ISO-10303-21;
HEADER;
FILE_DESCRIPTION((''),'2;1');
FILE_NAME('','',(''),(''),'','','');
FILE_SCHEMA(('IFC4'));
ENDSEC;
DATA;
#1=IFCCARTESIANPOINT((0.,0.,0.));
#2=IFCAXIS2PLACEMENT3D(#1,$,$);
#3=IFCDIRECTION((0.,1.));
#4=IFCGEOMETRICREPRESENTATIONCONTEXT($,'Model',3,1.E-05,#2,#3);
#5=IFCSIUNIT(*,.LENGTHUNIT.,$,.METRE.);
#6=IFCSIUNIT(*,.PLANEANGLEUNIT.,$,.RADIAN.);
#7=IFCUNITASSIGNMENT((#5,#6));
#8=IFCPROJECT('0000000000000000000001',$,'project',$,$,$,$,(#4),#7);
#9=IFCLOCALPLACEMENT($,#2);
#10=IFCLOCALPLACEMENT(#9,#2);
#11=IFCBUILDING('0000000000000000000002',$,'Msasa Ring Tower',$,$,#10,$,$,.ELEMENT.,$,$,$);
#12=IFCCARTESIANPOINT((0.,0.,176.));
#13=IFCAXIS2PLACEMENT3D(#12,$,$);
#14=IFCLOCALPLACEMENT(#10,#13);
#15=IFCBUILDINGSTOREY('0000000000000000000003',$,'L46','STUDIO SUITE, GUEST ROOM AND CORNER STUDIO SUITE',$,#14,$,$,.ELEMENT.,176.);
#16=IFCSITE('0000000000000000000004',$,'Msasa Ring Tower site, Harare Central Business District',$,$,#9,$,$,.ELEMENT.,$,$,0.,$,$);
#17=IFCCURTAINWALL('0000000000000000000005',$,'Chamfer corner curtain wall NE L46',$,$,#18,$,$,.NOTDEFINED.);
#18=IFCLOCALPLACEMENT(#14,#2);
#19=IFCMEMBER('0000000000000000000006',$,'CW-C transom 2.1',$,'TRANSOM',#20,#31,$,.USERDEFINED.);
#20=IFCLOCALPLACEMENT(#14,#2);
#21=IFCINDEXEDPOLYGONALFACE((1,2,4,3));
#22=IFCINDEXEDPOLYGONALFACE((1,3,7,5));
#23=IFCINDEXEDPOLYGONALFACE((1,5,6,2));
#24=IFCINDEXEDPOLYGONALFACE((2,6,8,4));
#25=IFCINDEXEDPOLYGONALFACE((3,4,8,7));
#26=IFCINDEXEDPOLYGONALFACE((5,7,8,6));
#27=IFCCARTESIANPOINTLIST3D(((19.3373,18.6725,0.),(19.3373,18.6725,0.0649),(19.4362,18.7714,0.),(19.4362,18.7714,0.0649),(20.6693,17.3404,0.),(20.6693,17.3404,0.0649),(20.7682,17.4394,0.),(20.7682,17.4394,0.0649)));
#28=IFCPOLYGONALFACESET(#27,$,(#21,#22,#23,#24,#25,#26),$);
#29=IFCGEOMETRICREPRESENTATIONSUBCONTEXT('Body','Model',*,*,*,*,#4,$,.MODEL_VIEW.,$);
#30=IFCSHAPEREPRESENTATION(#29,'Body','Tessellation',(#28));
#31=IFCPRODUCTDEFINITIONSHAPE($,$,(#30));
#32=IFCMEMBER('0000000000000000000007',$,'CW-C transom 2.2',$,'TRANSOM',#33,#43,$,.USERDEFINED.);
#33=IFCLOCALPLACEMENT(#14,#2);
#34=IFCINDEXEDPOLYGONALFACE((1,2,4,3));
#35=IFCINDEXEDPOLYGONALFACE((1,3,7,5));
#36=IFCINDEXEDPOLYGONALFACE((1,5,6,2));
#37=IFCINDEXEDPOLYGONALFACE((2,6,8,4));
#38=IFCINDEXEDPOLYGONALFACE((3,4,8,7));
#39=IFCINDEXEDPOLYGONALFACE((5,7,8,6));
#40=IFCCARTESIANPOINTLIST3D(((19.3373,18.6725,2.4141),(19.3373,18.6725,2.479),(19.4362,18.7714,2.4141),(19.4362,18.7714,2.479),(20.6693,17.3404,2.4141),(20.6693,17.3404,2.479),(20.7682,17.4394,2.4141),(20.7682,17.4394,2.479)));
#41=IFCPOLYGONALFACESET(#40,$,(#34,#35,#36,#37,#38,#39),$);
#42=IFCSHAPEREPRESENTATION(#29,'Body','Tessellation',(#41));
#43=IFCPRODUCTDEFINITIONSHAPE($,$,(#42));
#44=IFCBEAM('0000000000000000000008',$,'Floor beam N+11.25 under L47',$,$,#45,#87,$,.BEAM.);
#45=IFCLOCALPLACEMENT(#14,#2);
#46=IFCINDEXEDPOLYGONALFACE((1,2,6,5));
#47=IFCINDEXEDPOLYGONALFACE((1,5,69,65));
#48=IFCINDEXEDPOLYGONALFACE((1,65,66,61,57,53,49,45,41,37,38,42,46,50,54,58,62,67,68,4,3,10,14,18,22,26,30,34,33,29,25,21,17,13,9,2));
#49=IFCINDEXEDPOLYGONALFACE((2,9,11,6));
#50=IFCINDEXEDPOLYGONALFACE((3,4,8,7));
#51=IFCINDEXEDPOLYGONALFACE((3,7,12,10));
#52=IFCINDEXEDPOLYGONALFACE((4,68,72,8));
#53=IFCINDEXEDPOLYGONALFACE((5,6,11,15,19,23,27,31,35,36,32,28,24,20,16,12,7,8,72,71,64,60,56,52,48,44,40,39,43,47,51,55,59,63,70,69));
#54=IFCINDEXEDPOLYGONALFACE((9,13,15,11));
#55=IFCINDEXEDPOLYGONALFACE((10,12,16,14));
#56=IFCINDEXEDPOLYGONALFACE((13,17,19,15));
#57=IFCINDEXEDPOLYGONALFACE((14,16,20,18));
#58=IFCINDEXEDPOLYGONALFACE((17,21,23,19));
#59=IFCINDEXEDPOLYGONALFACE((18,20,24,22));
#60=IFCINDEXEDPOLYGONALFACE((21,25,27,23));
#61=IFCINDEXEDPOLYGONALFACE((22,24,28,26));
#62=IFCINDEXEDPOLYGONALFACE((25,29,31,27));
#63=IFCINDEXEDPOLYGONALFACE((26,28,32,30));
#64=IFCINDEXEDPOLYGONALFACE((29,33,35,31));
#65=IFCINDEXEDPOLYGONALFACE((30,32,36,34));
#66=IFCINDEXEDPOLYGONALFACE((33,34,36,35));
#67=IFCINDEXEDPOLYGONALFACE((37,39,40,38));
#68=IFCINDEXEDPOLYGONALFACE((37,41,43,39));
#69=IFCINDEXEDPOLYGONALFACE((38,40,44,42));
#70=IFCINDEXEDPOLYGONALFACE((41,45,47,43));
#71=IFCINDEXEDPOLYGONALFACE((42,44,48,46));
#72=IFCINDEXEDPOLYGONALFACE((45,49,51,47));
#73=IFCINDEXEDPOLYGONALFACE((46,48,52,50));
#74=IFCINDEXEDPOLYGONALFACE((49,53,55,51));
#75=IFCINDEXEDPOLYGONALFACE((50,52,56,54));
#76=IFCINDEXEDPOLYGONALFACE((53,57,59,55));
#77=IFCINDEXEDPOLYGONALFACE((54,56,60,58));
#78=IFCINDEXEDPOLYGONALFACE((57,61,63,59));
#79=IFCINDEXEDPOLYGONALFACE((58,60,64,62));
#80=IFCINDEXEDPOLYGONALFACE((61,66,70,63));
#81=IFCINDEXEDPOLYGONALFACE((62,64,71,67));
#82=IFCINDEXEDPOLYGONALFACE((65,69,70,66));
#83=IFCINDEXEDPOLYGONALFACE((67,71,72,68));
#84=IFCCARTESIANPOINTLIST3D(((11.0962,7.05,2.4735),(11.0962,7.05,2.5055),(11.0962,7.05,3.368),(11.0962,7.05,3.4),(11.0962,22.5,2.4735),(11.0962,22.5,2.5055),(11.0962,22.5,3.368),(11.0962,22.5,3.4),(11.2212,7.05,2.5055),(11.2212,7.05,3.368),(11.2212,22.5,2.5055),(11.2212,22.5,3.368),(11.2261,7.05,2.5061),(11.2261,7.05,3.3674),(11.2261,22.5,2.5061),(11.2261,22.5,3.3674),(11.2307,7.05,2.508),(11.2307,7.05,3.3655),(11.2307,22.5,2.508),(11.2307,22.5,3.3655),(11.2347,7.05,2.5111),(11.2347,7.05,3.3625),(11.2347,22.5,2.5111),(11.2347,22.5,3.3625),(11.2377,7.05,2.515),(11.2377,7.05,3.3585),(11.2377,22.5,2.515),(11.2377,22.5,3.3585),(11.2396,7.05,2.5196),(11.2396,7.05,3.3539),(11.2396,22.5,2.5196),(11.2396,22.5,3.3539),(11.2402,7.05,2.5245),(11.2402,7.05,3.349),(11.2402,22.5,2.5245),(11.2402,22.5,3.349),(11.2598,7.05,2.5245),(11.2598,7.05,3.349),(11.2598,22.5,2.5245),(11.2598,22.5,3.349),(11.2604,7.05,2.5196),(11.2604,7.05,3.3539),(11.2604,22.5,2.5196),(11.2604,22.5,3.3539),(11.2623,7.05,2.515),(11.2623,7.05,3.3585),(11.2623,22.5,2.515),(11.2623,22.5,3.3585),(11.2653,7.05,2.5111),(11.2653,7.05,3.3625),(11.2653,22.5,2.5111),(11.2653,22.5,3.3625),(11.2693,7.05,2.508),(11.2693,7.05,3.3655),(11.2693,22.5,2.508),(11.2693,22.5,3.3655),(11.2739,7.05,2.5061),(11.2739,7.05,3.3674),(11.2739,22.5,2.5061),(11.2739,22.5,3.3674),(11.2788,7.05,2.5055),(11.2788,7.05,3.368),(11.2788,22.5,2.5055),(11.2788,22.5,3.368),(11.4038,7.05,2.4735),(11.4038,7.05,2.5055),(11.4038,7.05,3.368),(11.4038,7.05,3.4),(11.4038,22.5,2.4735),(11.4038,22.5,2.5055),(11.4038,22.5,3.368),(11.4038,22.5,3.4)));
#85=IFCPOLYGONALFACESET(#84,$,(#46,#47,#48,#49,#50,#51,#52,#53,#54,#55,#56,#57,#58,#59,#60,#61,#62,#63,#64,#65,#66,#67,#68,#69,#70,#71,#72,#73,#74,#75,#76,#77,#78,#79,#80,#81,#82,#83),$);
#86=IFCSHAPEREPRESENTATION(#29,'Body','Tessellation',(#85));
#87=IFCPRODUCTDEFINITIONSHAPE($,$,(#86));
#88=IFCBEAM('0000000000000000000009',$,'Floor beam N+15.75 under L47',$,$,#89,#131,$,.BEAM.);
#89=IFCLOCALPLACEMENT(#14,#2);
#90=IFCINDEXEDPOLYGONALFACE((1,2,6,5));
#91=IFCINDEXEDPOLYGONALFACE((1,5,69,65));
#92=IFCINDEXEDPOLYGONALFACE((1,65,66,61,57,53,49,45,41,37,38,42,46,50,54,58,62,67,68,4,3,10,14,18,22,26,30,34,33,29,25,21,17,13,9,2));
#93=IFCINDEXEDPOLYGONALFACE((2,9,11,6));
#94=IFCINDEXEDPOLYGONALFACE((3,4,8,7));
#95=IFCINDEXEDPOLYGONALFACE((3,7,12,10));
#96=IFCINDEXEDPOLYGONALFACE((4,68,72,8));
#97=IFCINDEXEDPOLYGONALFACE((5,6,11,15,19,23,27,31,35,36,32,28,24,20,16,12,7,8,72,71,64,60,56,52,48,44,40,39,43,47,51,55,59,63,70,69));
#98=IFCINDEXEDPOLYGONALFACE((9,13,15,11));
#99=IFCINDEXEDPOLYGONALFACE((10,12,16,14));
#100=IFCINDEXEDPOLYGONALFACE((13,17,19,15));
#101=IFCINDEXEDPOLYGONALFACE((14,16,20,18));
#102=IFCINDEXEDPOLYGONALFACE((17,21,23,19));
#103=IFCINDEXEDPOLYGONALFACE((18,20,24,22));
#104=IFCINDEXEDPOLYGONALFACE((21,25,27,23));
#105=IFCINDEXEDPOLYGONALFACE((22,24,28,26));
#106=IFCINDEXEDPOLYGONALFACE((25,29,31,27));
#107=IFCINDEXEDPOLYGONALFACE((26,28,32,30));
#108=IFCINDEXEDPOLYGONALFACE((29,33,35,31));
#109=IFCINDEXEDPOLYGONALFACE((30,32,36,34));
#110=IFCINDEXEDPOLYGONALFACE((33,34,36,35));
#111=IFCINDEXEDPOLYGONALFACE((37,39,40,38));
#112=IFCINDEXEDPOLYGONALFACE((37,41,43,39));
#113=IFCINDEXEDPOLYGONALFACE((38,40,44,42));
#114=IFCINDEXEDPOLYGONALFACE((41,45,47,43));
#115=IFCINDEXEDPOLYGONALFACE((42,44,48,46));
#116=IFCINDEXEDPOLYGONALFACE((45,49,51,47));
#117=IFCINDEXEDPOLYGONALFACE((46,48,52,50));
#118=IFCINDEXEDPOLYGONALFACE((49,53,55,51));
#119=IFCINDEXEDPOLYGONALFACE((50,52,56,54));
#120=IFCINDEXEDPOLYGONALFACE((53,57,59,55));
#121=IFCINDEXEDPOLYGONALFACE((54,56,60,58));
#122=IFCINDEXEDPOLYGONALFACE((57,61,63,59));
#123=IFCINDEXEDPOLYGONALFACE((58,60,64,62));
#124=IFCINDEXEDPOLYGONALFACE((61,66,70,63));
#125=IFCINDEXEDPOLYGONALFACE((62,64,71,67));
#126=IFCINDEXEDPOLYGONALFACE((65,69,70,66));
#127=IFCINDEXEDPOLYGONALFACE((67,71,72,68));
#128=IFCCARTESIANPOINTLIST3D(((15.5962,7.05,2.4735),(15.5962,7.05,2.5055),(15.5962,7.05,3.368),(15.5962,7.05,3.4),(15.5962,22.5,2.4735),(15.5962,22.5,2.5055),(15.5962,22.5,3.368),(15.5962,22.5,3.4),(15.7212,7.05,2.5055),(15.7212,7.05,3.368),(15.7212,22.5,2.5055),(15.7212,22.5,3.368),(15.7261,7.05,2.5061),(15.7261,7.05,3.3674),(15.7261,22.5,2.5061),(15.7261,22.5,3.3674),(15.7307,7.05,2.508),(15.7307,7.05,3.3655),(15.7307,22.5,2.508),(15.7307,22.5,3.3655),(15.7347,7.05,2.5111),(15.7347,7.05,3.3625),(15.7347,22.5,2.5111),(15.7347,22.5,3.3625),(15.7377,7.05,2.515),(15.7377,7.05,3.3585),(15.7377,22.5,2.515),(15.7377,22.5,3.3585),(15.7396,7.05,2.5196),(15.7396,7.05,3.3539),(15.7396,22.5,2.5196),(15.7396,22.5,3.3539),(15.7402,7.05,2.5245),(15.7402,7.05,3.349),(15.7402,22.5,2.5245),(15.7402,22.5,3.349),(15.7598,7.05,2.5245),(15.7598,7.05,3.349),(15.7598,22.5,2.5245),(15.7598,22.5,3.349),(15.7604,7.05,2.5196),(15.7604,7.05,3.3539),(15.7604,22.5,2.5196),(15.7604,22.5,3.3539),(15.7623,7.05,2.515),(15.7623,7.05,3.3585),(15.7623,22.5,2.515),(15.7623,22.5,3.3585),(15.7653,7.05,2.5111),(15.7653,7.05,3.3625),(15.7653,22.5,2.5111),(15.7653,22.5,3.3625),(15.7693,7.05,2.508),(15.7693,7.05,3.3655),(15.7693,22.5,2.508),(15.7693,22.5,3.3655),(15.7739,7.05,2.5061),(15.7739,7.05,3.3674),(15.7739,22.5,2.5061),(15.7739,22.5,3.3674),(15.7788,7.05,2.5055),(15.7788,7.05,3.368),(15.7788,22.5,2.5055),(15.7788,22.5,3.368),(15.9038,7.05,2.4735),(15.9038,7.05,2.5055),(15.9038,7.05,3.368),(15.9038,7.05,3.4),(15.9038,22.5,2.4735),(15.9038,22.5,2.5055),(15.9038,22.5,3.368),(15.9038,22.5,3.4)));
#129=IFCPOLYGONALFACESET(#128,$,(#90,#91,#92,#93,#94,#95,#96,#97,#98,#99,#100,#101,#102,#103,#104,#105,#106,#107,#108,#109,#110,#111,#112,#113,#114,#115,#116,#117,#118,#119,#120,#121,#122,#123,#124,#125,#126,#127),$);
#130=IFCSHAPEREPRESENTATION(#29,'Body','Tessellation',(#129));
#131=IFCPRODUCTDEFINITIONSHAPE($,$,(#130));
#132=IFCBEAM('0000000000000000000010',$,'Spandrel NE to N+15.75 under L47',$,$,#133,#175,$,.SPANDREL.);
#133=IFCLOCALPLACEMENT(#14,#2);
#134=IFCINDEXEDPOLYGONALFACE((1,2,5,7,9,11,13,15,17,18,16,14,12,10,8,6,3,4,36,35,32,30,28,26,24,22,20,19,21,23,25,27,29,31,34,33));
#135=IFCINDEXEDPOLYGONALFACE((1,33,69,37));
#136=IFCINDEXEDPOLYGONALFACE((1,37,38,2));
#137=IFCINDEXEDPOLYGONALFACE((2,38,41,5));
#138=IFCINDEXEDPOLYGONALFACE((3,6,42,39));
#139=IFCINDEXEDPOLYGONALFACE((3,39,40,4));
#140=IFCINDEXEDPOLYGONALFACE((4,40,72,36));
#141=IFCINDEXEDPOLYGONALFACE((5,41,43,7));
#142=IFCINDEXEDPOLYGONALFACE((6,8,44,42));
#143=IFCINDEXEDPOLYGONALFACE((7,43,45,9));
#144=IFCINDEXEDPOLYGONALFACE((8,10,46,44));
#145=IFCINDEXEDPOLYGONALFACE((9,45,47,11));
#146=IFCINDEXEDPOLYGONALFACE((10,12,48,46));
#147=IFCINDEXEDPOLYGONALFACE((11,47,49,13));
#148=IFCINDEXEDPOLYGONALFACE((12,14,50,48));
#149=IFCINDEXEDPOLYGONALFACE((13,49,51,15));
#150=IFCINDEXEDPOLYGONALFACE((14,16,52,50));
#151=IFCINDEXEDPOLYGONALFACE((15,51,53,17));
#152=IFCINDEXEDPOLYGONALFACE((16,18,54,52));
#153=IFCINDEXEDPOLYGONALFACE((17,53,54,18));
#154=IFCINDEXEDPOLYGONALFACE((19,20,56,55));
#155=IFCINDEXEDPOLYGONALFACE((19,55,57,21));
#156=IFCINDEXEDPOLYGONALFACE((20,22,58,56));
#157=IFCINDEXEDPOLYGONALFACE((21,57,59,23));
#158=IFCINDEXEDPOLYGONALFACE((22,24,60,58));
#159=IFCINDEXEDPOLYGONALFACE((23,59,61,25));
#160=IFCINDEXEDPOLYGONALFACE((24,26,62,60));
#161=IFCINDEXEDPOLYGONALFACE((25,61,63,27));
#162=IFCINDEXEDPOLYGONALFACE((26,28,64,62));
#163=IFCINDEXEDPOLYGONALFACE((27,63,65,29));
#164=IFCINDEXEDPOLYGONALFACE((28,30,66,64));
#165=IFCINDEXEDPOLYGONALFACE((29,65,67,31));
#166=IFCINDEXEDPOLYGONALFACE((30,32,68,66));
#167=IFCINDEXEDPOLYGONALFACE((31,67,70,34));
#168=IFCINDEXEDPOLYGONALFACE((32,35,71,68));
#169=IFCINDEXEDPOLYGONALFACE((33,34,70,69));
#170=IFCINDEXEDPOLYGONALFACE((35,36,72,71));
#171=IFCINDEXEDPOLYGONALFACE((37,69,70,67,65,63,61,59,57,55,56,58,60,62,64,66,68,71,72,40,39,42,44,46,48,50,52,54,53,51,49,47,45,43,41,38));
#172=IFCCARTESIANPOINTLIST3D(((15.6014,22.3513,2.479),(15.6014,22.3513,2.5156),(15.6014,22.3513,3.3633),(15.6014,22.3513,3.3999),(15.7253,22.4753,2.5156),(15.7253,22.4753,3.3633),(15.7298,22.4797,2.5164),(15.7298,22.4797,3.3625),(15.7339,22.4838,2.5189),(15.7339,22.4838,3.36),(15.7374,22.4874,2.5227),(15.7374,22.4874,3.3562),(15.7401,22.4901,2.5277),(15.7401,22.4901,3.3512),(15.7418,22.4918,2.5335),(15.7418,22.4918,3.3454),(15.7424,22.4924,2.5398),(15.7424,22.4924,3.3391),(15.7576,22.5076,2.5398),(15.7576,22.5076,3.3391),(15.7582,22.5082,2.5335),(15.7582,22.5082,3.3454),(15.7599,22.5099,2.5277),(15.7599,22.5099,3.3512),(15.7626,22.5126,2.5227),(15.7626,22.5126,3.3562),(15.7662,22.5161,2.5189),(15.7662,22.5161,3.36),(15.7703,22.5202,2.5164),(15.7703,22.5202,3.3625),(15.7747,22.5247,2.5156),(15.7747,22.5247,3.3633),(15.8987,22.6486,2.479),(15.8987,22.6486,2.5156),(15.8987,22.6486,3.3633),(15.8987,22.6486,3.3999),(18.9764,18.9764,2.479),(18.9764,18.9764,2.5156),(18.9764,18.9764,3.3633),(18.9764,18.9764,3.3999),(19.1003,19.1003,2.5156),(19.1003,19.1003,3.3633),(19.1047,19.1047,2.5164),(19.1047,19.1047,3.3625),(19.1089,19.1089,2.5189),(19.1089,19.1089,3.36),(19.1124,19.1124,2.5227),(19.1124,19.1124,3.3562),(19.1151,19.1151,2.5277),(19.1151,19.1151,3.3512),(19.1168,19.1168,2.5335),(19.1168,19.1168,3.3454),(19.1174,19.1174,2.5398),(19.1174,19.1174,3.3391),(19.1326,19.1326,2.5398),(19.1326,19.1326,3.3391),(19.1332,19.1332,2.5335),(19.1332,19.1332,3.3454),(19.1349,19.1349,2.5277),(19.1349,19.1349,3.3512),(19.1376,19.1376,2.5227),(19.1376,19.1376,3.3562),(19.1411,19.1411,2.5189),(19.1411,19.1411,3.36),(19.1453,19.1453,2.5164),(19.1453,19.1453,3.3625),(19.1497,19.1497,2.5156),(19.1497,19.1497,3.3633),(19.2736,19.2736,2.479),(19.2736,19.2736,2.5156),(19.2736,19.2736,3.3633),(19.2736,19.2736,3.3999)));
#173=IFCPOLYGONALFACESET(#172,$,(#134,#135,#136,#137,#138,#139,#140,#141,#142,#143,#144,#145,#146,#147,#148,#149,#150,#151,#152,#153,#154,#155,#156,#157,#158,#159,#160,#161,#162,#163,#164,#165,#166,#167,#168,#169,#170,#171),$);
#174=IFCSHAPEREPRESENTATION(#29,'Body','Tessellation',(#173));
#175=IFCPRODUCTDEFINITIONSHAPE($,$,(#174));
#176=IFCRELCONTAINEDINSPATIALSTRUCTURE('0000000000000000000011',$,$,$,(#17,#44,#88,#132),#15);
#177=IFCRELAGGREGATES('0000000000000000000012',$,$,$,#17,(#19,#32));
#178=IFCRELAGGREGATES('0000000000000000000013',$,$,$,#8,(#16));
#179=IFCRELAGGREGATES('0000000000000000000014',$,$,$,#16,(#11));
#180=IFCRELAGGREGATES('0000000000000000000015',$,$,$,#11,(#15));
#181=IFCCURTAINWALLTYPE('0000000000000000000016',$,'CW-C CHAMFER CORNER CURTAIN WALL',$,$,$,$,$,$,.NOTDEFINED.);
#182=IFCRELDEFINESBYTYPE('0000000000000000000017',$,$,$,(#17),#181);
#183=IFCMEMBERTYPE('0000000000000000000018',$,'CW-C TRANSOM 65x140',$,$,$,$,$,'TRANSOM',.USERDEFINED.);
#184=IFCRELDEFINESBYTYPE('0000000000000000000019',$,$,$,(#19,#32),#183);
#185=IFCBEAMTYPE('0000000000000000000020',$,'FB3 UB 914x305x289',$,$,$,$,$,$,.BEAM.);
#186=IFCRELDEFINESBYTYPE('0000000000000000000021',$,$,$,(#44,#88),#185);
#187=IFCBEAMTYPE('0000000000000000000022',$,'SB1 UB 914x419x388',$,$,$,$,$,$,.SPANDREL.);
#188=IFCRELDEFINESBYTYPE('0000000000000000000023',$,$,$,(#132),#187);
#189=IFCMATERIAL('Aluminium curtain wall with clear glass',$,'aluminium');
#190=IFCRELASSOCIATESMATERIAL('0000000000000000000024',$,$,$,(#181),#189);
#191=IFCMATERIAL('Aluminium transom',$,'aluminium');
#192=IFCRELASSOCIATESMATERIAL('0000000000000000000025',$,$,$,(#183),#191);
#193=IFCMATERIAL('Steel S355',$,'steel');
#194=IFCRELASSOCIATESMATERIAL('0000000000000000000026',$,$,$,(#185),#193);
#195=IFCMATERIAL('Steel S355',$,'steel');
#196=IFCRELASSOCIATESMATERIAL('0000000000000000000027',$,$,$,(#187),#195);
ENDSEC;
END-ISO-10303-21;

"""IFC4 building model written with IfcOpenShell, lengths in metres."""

from ifc_helpers import new_model, si_unit, direction, frame, origin, origin_2d, place, context, subcontext, project, spatial, rectangle, i_section, extrude, material, material_profile, profile_set, type_object, element, aggregate, save


model = new_model("IFC4")

# Units and contexts
model_context = context("Model", 3, precision=1e-05, world=origin(), true_north=direction((0.0, 1.0)))
body_context = subcontext(model_context, "Body", "Model", "MODEL_VIEW")
ifc_project = project(units=[si_unit("LENGTHUNIT", "METRE"), si_unit("PLANEANGLEUNIT", "RADIAN")], contexts=[model_context])

# Site, building, storey
site_placement = place(None, origin())
site = spatial("IfcSite", under=ifc_project, at=site_placement, Name="Msasa Ring Tower site, Harare Central Business District", CompositionType="ELEMENT", RefElevation=0.0)
building_placement = place(site_placement, origin())
building = spatial("IfcBuilding", under=site, at=building_placement, Name="Msasa Ring Tower", CompositionType="ELEMENT")
storey_placement = place(building_placement, frame((0.0, 0.0, 176.0)))
storey = spatial("IfcBuildingStorey", under=building, at=storey_placement, Name="L46", Description="STUDIO SUITE, GUEST ROOM AND CORNER STUDIO SUITE", CompositionType="ELEMENT", Elevation=176.0)

# Curtain wall
ifc_material_1 = material(Name="Aluminium curtain wall with clear glass", Category="aluminium")
curtain_wall_type = type_object("IfcCurtainWallType", Name="CW-C CHAMFER CORNER CURTAIN WALL", PredefinedType="NOTDEFINED", material=ifc_material_1)
curtain_wall_1_placement = place(storey_placement, origin())
curtain_wall_1 = element("IfcCurtainWall", 1, at=curtain_wall_1_placement, inside=storey, type_object=curtain_wall_type, Name="Chamfer corner curtain wall NE L46", PredefinedType="NOTDEFINED")

# Members
ifc_material_2 = material(Name="Aluminium transom", Category="aluminium")
ifc_material_profile_1 = material_profile(ifc_material_2, rectangle(XDim=0.1399, YDim=0.0649, at=origin_2d()), Name="AL 65x140")
ifc_profile_set_1 = profile_set([ifc_material_profile_1], Name="Aluminium transom")
member_type_1 = type_object("IfcMemberType", Name="CW-C TRANSOM 65x140", ElementType="TRANSOM", PredefinedType="USERDEFINED", material=ifc_profile_set_1)
member_1_placement = place(storey_placement, frame((20.7188, 17.3899, 0.0325), z_axis=(-0.707107, 0.707107, 0.0), x_axis=(-0.707107, -0.707107, 0.0)))
member_1 = element("IfcMember", 2, at=member_1_placement, type_object=member_type_1, Name="CW-C transom 2.1", ObjectType="TRANSOM", PredefinedType="USERDEFINED", context=body_context, shape_type="SweptSolid", body=[
    extrude(rectangle(XDim=0.1399, YDim=0.0649, at=origin_2d()), origin(), (0.0, 0.0, 1.0), 1.8838),
])
member_2_placement = place(storey_placement, frame((20.7188, 17.3899, 2.4465), z_axis=(-0.707107, 0.707107, 0.0), x_axis=(-0.707107, -0.707107, 0.0)))
member_2 = element("IfcMember", 3, at=member_2_placement, type_object=member_type_1, Name="CW-C transom 2.2", ObjectType="TRANSOM", PredefinedType="USERDEFINED", context=body_context, shape_type="SweptSolid", body=[
    extrude(rectangle(XDim=0.1399, YDim=0.0649, at=origin_2d()), origin(), (0.0, 0.0, 1.0), 1.8838),
])

# Beams
ifc_material_3 = material(Name="Steel S355", Category="steel")
ifc_material_profile_2 = material_profile(ifc_material_3, i_section(OverallWidth=0.3076, OverallDepth=0.9265, WebThickness=0.0195, FlangeThickness=0.032, FilletRadius=0.019, at=origin_2d()), Name="UB 914x305x289")
ifc_profile_set_2 = profile_set([ifc_material_profile_2], Name="Steel S355")
beam_type_1 = type_object("IfcBeamType", Name="FB3 UB 914x305x289", PredefinedType="BEAM", material=ifc_profile_set_2)
for number, where, z_axis, x_axis, name in (
    (4, (11.25, 22.5, 2.9368), (0.0, -1.0, 0.0), (1.0, 0.0, 0.0), "Floor beam N+11.25 under L47"),
    (5, (15.75, 22.5, 2.9368), (0.0, -1.0, 0.0), (1.0, 0.0, 0.0), "Floor beam N+15.75 under L47"),
):
    element("IfcBeam", number, at=place(storey_placement, frame(where, z_axis=z_axis, x_axis=x_axis)), inside=storey, type_object=beam_type_1, Name=name, PredefinedType="BEAM", context=body_context, shape_type="SweptSolid", body=[
        extrude(i_section(OverallWidth=0.3076, OverallDepth=0.9265, WebThickness=0.0195, FlangeThickness=0.032, FilletRadius=0.019, at=origin_2d()), origin(), (0.0, 0.0, 1.0), 15.45),
    ])
ifc_material_4 = material(Name="Steel S355", Category="steel")
ifc_material_profile_3 = material_profile(ifc_material_4, i_section(OverallWidth=0.4204, OverallDepth=0.9209, WebThickness=0.0215, FlangeThickness=0.0366, FilletRadius=0.0242, at=origin_2d()), Name="UB 914x419x388")
ifc_profile_set_3 = profile_set([ifc_material_profile_3], Name="Steel S355")
beam_type_2 = type_object("IfcBeamType", Name="SB1 UB 914x419x388", PredefinedType="SPANDREL", material=ifc_profile_set_3)
beam_placement = place(storey_placement, frame((19.125, 19.125, 2.9395), z_axis=(-0.707107, 0.707107, 0.0), x_axis=(-0.707107, -0.707107, 0.0)))
element("IfcBeam", 6, at=beam_placement, inside=storey, type_object=beam_type_2, Name="Spandrel NE to N+15.75 under L47", PredefinedType="SPANDREL", context=body_context, shape_type="SweptSolid", body=[
    extrude(i_section(OverallWidth=0.4204, OverallDepth=0.9209, WebThickness=0.0215, FlangeThickness=0.0366, FilletRadius=0.0242, at=origin_2d()), origin(), (0.0, 0.0, 1.0), 4.7729),
])

aggregate(curtain_wall_1, [member_1, member_2])

save(model, "model.ifc")
